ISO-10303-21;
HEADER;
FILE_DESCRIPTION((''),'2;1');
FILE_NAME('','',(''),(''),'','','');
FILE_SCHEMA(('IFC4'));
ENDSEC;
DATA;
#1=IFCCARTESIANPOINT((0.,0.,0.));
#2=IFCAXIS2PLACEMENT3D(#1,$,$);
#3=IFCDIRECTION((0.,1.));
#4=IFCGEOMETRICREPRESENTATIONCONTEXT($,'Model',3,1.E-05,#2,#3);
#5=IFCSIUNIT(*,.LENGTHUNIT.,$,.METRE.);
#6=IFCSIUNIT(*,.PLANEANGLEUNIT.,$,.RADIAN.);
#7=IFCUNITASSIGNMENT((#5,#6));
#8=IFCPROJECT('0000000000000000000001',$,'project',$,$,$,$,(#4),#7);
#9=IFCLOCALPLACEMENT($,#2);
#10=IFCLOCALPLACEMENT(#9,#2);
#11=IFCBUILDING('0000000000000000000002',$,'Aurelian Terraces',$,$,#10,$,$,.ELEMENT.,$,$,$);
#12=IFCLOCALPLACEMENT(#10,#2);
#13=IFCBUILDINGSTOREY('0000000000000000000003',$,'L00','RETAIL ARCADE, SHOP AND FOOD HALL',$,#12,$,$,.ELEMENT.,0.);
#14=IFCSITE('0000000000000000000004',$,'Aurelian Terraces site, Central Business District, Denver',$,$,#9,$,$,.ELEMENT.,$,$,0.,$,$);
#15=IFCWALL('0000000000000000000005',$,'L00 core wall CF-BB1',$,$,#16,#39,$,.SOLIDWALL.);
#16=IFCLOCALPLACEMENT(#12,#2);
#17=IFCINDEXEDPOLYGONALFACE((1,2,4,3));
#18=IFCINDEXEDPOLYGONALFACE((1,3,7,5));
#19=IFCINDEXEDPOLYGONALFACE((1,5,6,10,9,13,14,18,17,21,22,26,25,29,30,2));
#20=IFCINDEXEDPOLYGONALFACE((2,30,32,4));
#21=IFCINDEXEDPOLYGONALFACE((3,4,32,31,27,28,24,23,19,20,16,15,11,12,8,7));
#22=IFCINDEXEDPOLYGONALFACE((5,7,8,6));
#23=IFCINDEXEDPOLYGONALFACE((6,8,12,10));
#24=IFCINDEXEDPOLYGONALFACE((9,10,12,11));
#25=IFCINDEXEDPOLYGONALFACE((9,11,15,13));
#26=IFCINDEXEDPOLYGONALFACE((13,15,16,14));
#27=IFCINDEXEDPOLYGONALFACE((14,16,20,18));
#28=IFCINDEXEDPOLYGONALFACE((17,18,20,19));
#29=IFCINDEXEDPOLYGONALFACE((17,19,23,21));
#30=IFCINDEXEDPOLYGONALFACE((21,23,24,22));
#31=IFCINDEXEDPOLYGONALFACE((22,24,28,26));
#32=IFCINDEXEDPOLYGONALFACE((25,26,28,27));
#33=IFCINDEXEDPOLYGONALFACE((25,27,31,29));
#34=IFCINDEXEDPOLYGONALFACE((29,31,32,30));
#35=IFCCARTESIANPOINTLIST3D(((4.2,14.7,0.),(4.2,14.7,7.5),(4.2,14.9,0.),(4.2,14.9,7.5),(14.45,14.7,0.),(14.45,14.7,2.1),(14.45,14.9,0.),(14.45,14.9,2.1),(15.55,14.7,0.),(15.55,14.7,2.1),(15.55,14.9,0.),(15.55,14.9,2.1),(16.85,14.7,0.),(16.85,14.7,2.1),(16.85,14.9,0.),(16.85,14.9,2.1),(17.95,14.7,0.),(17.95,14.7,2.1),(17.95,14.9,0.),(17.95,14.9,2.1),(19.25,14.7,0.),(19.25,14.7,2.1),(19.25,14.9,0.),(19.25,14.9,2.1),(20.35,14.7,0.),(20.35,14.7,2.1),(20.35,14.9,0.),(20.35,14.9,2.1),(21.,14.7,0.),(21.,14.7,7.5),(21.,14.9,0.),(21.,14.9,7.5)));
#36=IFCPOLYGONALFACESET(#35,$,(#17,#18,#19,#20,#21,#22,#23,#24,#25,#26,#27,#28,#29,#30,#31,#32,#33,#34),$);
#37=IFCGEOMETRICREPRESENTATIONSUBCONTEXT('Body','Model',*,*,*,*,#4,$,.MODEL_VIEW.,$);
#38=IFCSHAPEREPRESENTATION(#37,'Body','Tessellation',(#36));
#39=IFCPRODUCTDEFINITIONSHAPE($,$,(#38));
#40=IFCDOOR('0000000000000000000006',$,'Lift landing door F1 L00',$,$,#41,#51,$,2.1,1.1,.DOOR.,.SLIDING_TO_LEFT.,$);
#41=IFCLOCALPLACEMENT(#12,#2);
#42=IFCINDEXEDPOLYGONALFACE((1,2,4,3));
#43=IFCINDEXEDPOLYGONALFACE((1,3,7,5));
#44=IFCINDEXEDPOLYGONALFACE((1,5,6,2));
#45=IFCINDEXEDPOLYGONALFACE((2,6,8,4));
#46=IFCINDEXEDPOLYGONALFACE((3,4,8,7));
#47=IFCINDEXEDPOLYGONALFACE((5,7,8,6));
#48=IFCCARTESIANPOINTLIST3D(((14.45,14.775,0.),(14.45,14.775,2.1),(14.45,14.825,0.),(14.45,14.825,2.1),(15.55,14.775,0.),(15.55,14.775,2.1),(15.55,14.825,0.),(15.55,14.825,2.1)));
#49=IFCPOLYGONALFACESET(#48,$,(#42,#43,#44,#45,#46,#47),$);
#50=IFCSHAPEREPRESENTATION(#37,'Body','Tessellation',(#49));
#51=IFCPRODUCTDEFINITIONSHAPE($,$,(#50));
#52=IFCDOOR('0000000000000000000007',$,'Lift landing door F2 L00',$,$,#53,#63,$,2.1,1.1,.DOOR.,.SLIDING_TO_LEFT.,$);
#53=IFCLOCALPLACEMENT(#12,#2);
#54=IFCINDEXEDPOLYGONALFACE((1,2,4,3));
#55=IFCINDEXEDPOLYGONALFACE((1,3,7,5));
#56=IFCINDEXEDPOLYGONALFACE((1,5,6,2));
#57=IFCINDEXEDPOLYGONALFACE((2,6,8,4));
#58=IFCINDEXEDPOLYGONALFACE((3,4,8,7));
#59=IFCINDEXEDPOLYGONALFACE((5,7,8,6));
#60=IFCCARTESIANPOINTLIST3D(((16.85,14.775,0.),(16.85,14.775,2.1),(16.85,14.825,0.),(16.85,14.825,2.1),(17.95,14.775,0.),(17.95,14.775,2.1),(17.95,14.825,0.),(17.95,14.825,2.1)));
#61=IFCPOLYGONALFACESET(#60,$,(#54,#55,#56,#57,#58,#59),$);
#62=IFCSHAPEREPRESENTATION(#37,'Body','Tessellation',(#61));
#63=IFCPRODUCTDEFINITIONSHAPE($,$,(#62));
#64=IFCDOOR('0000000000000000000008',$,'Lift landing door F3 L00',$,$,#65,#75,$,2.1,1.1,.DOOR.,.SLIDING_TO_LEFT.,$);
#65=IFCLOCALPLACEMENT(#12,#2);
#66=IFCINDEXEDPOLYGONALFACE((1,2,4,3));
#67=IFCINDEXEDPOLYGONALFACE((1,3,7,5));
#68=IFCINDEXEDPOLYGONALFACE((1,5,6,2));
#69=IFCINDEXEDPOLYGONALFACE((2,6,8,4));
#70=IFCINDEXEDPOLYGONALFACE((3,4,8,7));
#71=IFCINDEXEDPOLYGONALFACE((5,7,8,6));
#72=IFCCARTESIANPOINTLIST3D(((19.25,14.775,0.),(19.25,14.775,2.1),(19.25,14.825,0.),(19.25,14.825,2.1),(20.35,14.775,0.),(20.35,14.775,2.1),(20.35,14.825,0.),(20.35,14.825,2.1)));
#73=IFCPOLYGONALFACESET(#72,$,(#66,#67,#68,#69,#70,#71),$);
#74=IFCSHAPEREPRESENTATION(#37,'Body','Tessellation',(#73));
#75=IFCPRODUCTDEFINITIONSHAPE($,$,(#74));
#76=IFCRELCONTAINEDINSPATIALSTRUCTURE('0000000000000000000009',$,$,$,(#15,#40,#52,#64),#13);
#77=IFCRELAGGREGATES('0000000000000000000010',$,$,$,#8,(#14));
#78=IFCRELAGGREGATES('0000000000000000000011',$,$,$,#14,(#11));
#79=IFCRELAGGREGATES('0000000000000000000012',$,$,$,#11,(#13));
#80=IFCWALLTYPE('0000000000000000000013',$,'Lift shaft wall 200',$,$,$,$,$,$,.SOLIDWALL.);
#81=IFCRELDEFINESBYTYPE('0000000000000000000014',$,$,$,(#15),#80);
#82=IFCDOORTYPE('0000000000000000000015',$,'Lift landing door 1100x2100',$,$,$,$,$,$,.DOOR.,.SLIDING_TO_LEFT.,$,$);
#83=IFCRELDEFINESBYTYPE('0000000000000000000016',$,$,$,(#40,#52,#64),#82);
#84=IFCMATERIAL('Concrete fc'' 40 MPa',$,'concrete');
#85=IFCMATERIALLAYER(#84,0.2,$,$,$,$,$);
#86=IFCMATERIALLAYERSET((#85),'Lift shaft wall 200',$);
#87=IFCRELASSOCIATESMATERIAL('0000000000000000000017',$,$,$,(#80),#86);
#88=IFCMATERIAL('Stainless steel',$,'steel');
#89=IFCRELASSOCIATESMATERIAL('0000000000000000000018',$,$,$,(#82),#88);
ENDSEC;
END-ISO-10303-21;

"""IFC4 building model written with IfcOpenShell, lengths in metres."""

from ifc_helpers import new_model, si_unit, direction, frame, frame_2d, origin, place, context, subcontext, project, spatial, rectangle, extrude, source, transform, mapped, material, layer, layer_set, type_object, element, fill, save


model = new_model("IFC4")

# Units and contexts
model_context = context("Model", 3, precision=1e-05, world=origin(), true_north=direction((0.0, 1.0)))
body_context = subcontext(model_context, "Body", "Model", "MODEL_VIEW")
ifc_project = project(units=[si_unit("LENGTHUNIT", "METRE"), si_unit("PLANEANGLEUNIT", "RADIAN")], contexts=[model_context])

# Site, building, storey
site_placement = place(None, origin())
site = spatial("IfcSite", under=ifc_project, at=site_placement, Name="Aurelian Terraces site, Central Business District, Denver", CompositionType="ELEMENT", RefElevation=0.0)
building_placement = place(site_placement, origin())
building = spatial("IfcBuilding", under=site, at=building_placement, Name="Aurelian Terraces", CompositionType="ELEMENT")
storey_placement = place(building_placement, origin())
storey = spatial("IfcBuildingStorey", under=building, at=storey_placement, Name="L00", Description="RETAIL ARCADE, SHOP AND FOOD HALL", CompositionType="ELEMENT", Elevation=0.0)

# Wall, openings, doors
ifc_material_1 = material(Name="Concrete fc' 40 MPa", Category="concrete")
ifc_layer_1 = layer(ifc_material_1, 0.2)
ifc_layer_set_1 = layer_set([ifc_layer_1], Name="Lift shaft wall 200")
wall_type_1 = type_object("IfcWallType", Name="Lift shaft wall 200", PredefinedType="SOLIDWALL", material=ifc_layer_set_1)
shared_shape_1 = source(origin(), body_context, "Body", "SweptSolid", [
    extrude(rectangle(XDim=16.8, YDim=0.2, at=frame_2d((8.4, 0.0))), origin(), (0.0, 0.0, 1.0), 7.5),
])
wall_1_placement = place(storey_placement, frame((4.2, 14.8, 0.0), z_axis=(0.0, 0.0, 1.0), x_axis=(1.0, 0.0, 0.0)))
wall_1 = element("IfcWall", 1, at=wall_1_placement, inside=storey, type_object=wall_type_1, Name="L00 core wall CF-BB1", PredefinedType="SOLIDWALL", context=body_context, shape_type="MappedRepresentation", body=[
    mapped(shared_shape_1, transform((0.0, 0.0, 0.0), scale=1.0)),
])
shared_shape_2 = source(origin(), body_context, "Body", "SweptSolid", [
    extrude(rectangle(XDim=1.1, YDim=2.1, at=frame_2d((0.55, 1.05))), frame((0.0, 0.11, 0.0), z_axis=(0.0, -1.0, 0.0), x_axis=(1.0, 0.0, 0.0)), (0.0, 0.0, 1.0), 0.22),
])
opening_1_placement = place(wall_1_placement, frame((10.25, 0.0, 0.0)))
opening_1 = element("IfcOpeningElement", 2, at=opening_1_placement, cuts=wall_1, PredefinedType="OPENING", context=body_context, shape_type="MappedRepresentation", body=[
    mapped(shared_shape_2, transform((0.0, 0.0, 0.0), scale=1.0)),
])
opening_2_placement = place(wall_1_placement, frame((12.65, 0.0, 0.0)))
opening_2 = element("IfcOpeningElement", 3, at=opening_2_placement, cuts=wall_1, PredefinedType="OPENING", context=body_context, shape_type="MappedRepresentation", body=[
    mapped(shared_shape_2, transform((0.0, 0.0, 0.0), scale=1.0)),
])
opening_3_placement = place(wall_1_placement, frame((15.05, 0.0, 0.0)))
opening_3 = element("IfcOpeningElement", 4, at=opening_3_placement, cuts=wall_1, PredefinedType="OPENING", context=body_context, shape_type="MappedRepresentation", body=[
    mapped(shared_shape_2, transform((0.0, 0.0, 0.0), scale=1.0)),
])
ifc_material_2 = material(Name="Stainless steel", Category="steel")
door_type_1 = type_object("IfcDoorType", Name="Lift landing door 1100x2100", OperationType="SLIDING_TO_LEFT", PredefinedType="DOOR", material=ifc_material_2)
shared_shape_3 = source(origin(), body_context, "Body", "SweptSolid", [
    extrude(rectangle(XDim=1.1, YDim=2.1, at=frame_2d((0.55, 1.05))), frame((0.0, 0.025, 0.0), z_axis=(0.0, -1.0, 0.0), x_axis=(1.0, 0.0, 0.0)), (0.0, 0.0, 1.0), 0.05),
])
door_1_placement = place(opening_1_placement, origin())
door_1 = element("IfcDoor", 5, at=door_1_placement, inside=storey, type_object=door_type_1, Name="Lift landing door F1 L00", OperationType="SLIDING_TO_LEFT", OverallHeight=2.1, OverallWidth=1.1, PredefinedType="DOOR", context=body_context, shape_type="MappedRepresentation", body=[
    mapped(shared_shape_3, transform((0.0, 0.0, 0.0), scale=1.0)),
])
fill(opening_1, door_1)
door_2_placement = place(opening_2_placement, origin())
door_2 = element("IfcDoor", 6, at=door_2_placement, inside=storey, type_object=door_type_1, Name="Lift landing door F2 L00", OperationType="SLIDING_TO_LEFT", OverallHeight=2.1, OverallWidth=1.1, PredefinedType="DOOR", context=body_context, shape_type="MappedRepresentation", body=[
    mapped(shared_shape_3, transform((0.0, 0.0, 0.0), scale=1.0)),
])
fill(opening_2, door_2)
door_3_placement = place(opening_3_placement, origin())
door_3 = element("IfcDoor", 7, at=door_3_placement, inside=storey, type_object=door_type_1, Name="Lift landing door F3 L00", OperationType="SLIDING_TO_LEFT", OverallHeight=2.1, OverallWidth=1.1, PredefinedType="DOOR", context=body_context, shape_type="MappedRepresentation", body=[
    mapped(shared_shape_3, transform((0.0, 0.0, 0.0), scale=1.0)),
])
fill(opening_3, door_3)

save(model, "model.ifc")
